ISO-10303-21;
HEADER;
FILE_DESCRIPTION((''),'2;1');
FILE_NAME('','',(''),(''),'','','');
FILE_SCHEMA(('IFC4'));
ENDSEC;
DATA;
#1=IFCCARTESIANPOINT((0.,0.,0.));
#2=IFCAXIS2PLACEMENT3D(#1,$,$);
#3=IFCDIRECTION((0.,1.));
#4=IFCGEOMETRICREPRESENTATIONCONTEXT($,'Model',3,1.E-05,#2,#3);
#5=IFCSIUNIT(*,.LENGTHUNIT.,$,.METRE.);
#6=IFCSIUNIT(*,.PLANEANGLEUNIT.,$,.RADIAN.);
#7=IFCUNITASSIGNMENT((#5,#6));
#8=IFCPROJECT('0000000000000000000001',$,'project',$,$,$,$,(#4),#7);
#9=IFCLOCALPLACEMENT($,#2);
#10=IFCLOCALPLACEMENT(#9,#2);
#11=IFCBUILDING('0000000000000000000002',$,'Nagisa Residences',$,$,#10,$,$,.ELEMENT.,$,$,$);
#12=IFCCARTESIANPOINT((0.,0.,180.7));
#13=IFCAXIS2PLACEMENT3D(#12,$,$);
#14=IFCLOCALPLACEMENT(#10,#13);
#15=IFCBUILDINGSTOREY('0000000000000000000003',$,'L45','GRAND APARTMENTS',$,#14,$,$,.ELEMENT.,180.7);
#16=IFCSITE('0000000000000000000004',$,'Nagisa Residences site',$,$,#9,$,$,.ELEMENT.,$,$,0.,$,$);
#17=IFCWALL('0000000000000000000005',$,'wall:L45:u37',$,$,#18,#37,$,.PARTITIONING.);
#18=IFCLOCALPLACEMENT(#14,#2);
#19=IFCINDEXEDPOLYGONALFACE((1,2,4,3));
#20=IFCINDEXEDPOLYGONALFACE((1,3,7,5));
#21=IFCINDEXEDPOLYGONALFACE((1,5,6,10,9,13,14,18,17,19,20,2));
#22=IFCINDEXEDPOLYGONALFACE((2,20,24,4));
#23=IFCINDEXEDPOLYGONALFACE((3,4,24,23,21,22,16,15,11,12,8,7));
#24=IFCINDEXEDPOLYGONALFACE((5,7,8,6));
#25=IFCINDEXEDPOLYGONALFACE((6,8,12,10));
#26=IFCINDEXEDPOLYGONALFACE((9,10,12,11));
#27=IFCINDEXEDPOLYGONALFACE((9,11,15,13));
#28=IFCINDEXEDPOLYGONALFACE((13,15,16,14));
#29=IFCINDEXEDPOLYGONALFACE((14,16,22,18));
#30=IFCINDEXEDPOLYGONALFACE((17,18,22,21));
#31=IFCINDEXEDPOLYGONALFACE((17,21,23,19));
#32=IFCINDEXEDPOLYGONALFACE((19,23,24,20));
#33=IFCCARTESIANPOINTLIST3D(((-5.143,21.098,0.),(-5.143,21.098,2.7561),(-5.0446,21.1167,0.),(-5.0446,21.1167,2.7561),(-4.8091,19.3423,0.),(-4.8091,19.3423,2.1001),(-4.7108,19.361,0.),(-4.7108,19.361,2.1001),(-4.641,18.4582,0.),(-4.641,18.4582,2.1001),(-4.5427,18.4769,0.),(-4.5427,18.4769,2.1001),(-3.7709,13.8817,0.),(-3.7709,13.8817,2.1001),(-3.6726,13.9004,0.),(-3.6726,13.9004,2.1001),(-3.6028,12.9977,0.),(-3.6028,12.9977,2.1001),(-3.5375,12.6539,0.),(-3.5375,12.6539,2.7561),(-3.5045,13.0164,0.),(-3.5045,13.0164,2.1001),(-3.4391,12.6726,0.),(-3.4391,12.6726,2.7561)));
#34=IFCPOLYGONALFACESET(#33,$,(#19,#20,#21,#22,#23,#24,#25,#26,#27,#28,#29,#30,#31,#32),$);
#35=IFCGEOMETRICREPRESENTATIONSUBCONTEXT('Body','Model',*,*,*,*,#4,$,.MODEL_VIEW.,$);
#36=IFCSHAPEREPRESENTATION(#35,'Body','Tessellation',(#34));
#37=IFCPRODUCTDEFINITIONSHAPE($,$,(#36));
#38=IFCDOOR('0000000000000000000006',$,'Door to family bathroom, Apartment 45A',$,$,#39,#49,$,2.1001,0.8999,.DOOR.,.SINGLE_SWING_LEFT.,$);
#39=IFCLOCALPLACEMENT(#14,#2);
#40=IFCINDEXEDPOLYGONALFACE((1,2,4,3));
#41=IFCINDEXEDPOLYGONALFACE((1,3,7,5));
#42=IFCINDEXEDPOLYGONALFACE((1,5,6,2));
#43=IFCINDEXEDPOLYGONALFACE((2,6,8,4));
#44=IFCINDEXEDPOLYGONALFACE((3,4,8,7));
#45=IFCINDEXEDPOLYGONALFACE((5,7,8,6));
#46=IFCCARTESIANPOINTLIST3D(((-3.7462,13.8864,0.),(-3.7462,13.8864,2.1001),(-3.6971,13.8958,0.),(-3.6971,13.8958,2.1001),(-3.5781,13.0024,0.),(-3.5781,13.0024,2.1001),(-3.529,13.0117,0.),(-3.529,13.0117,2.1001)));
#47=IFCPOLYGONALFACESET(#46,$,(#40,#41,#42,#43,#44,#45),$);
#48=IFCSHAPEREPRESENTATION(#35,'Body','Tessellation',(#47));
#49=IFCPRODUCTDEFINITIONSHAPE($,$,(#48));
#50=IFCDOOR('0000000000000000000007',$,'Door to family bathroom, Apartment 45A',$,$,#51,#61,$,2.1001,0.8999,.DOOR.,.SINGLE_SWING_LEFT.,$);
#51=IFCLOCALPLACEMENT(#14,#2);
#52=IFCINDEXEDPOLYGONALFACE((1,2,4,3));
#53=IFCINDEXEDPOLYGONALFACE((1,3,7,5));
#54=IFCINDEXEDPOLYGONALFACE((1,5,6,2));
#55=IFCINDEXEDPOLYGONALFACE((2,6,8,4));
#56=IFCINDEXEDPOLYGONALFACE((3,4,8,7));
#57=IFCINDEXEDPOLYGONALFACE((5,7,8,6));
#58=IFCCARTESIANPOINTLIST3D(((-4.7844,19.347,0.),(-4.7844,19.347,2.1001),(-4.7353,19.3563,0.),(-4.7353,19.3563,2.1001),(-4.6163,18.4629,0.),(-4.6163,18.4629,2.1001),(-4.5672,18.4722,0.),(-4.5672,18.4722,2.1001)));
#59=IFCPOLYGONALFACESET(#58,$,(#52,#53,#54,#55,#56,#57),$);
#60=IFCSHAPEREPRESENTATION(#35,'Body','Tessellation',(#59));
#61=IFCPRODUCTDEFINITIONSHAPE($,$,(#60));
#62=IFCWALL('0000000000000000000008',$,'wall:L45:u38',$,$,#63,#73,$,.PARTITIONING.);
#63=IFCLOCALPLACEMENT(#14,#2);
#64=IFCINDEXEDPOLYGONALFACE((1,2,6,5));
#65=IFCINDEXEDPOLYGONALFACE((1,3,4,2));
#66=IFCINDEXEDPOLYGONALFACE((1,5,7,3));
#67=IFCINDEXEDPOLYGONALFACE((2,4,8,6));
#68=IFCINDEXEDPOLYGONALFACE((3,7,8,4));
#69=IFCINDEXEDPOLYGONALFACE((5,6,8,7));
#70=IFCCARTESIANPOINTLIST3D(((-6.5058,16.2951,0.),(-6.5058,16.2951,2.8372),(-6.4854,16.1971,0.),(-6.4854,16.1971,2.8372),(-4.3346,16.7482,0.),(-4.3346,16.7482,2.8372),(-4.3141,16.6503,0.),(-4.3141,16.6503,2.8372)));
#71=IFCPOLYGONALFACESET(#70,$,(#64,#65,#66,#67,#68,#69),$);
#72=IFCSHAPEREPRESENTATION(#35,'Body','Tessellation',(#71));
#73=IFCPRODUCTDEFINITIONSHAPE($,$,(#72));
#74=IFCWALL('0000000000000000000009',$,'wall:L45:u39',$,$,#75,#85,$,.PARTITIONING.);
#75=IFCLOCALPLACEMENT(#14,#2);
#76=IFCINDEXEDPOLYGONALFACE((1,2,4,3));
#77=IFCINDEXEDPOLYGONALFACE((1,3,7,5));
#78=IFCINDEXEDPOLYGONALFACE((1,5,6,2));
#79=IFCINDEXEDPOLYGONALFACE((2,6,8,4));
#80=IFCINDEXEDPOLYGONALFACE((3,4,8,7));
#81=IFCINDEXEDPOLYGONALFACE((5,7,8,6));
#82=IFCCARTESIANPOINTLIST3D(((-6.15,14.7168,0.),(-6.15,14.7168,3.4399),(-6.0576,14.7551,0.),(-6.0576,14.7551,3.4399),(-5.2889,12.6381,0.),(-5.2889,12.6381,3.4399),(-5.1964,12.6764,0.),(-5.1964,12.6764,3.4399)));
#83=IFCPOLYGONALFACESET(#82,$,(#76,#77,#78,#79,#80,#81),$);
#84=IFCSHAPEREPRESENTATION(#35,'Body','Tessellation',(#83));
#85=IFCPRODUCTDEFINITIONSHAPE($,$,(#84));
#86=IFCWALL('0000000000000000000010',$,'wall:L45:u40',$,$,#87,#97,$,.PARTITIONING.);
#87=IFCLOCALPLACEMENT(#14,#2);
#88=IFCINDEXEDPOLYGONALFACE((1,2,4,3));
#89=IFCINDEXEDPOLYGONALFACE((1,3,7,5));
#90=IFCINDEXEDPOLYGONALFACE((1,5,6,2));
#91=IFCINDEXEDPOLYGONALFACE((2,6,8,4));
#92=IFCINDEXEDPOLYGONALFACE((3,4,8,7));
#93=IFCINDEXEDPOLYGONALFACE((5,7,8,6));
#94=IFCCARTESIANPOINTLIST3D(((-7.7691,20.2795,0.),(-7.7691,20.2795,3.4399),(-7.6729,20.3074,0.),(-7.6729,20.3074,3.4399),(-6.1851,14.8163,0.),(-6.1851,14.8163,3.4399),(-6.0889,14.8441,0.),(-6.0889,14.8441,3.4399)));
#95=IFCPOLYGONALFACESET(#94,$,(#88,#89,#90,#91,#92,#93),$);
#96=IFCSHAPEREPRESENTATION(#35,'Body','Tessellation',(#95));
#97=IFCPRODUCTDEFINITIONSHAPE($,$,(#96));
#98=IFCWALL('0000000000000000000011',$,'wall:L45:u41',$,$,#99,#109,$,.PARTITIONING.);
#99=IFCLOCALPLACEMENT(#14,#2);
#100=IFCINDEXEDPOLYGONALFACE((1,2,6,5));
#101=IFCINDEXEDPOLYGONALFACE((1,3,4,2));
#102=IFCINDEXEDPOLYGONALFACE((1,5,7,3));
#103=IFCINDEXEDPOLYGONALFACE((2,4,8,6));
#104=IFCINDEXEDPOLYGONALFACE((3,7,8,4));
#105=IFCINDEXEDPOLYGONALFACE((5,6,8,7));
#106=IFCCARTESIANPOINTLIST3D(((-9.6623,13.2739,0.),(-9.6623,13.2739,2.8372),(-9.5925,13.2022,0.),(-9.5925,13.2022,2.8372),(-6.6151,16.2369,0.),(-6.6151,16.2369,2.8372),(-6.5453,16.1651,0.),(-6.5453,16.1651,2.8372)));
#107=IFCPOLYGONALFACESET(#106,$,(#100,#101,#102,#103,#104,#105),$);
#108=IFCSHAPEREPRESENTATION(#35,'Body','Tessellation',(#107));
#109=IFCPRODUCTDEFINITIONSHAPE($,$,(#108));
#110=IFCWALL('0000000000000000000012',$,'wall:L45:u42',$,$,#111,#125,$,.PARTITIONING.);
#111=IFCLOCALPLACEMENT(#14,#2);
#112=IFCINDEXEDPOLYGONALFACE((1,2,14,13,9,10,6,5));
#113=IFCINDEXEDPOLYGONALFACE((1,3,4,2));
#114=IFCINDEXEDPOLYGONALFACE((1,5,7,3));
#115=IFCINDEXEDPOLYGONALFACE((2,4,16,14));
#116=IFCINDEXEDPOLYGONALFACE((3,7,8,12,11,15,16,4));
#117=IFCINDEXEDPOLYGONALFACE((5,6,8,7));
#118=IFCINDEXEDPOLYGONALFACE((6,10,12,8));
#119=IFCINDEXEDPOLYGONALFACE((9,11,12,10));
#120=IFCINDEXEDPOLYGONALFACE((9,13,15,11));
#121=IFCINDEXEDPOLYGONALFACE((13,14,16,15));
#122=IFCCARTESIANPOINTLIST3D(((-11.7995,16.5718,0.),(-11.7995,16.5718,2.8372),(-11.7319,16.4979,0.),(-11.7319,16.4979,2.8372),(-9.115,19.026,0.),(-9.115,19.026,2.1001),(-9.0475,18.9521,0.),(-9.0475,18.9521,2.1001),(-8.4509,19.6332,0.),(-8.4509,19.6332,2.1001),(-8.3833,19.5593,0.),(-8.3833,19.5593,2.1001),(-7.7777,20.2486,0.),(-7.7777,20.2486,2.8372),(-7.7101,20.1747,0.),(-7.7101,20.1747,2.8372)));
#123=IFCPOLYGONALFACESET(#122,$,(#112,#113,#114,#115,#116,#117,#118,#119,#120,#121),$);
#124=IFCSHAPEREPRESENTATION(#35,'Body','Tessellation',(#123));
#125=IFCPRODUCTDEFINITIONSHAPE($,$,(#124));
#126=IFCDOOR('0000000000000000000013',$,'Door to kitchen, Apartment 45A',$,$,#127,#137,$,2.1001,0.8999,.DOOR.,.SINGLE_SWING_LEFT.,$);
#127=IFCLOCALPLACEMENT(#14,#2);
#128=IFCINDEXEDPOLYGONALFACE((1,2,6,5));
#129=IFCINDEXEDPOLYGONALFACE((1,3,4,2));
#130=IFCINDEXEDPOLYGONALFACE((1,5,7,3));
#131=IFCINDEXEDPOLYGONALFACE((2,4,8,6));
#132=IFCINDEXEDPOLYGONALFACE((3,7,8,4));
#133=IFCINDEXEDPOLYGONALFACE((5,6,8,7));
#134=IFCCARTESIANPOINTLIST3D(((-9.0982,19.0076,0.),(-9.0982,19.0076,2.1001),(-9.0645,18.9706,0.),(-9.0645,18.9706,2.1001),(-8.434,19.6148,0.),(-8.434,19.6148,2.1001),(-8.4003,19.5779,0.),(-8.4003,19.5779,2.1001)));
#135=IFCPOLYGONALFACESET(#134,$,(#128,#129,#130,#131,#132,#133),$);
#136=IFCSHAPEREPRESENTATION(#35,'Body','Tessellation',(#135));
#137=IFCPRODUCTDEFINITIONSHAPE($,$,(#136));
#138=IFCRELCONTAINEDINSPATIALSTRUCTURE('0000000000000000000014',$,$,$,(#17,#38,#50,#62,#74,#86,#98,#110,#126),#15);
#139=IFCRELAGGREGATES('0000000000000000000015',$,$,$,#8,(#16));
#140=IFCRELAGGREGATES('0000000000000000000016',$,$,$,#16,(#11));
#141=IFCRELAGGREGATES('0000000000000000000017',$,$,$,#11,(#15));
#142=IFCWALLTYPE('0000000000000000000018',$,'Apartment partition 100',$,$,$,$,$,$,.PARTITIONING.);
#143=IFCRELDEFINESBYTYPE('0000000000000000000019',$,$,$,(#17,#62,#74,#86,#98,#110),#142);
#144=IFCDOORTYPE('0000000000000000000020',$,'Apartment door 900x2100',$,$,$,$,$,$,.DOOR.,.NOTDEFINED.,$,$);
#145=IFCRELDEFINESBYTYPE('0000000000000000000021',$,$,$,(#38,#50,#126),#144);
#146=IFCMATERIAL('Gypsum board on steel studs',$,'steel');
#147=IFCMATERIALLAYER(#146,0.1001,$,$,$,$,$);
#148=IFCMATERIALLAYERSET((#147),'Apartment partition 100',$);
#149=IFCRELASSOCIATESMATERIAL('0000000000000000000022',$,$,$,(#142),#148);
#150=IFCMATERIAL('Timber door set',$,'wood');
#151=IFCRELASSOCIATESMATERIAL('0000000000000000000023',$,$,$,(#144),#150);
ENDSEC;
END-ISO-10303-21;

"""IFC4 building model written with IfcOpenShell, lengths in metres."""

from ifc_helpers import new_model, si_unit, direction, frame, frame_2d, origin, place, context, subcontext, project, spatial, rectangle, extrude, material, layer, layer_set, type_object, element, fill, save


model = new_model("IFC4")

# Units and contexts
model_context = context("Model", 3, precision=1e-05, world=origin(), true_north=direction((0.0, 1.0)))
body_context = subcontext(model_context, "Body", "Model", "MODEL_VIEW")
ifc_project = project(units=[si_unit("LENGTHUNIT", "METRE"), si_unit("PLANEANGLEUNIT", "RADIAN")], contexts=[model_context])

# Site, building, storey
site_placement = place(None, origin())
site = spatial("IfcSite", under=ifc_project, at=site_placement, Name="Nagisa Residences site", CompositionType="ELEMENT", RefElevation=0.0)
building_placement = place(site_placement, origin())
building = spatial("IfcBuilding", under=site, at=building_placement, Name="Nagisa Residences", CompositionType="ELEMENT")
storey_placement = place(building_placement, frame((0.0, 0.0, 180.7)))
storey = spatial("IfcBuildingStorey", under=building, at=storey_placement, Name="L45", Description="GRAND APARTMENTS", CompositionType="ELEMENT", Elevation=180.7)

# Shared definitions
ifc_material_1 = material(Name="Gypsum board on steel studs", Category="steel")
ifc_layer_1 = layer(ifc_material_1, 0.1001)
ifc_layer_set_1 = layer_set([ifc_layer_1], Name="Apartment partition 100")
wall_type_1 = type_object("IfcWallType", Name="Apartment partition 100", PredefinedType="PARTITIONING", material=ifc_layer_set_1)
ifc_material_2 = material(Name="Timber door set", Category="wood")
door_type_1 = type_object("IfcDoorType", Name="Apartment door 900x2100", OperationType="NOTDEFINED", PredefinedType="DOOR", material=ifc_material_2)

# Wall, openings, doors
wall_1_placement = place(storey_placement, frame((-3.4883, 12.6631, 0.0), z_axis=(0.0, 0.0, 1.0), x_axis=(-0.186783, 0.982401, 0.0)))
wall_1 = element("IfcWall", 1, at=wall_1_placement, inside=storey, type_object=wall_type_1, Name="wall:L45:u37", PredefinedType="PARTITIONING", context=body_context, shape_type="SweptSolid", body=[
    extrude(rectangle(XDim=8.5955, YDim=0.1001, at=frame_2d((4.2979, 0.0))), origin(), (0.0, 0.0, 1.0), 2.7561),
])
opening_1_placement = place(wall_1_placement, frame((0.3501, 0.0, 0.0)))
opening_1 = element("IfcOpeningElement", 2, at=opening_1_placement, cuts=wall_1, PredefinedType="OPENING", context=body_context, shape_type="SweptSolid", body=[
    extrude(rectangle(XDim=0.8999, YDim=2.1001, at=frame_2d((0.45, 1.05))), frame((0.0, 0.0601, 0.0), z_axis=(0.0, -1.0, 0.0), x_axis=(1.0, 0.0, 0.0)), (0.0, 0.0, 1.0), 0.1201),
])
opening_2_placement = place(wall_1_placement, frame((5.9084, 0.0, 0.0)))
opening_2 = element("IfcOpeningElement", 3, at=opening_2_placement, cuts=wall_1, PredefinedType="OPENING", context=body_context, shape_type="SweptSolid", body=[
    extrude(rectangle(XDim=0.8999, YDim=2.1001, at=frame_2d((0.45, 1.05))), frame((0.0, 0.0601, 0.0), z_axis=(0.0, -1.0, 0.0), x_axis=(1.0, 0.0, 0.0)), (0.0, 0.0, 1.0), 0.1201),
])
door_1_placement = place(opening_1_placement, origin())
door_1 = element("IfcDoor", 4, at=door_1_placement, inside=storey, type_object=door_type_1, Name="Door to family bathroom, Apartment 45A", OperationType="SINGLE_SWING_LEFT", OverallHeight=2.1001, OverallWidth=0.8999, PredefinedType="DOOR", context=body_context, shape_type="SweptSolid", body=[
    extrude(rectangle(XDim=0.8999, YDim=2.1001, at=frame_2d((0.45, 1.05))), frame((0.0, 0.0249, 0.0), z_axis=(0.0, -1.0, 0.0), x_axis=(1.0, 0.0, 0.0)), (0.0, 0.0, 1.0), 0.05),
])
fill(opening_1, door_1)
door_2_placement = place(opening_2_placement, origin())
door_2 = element("IfcDoor", 5, at=door_2_placement, inside=storey, type_object=door_type_1, Name="Door to family bathroom, Apartment 45A", OperationType="SINGLE_SWING_LEFT", OverallHeight=2.1001, OverallWidth=0.8999, PredefinedType="DOOR", context=body_context, shape_type="SweptSolid", body=[
    extrude(rectangle(XDim=0.8999, YDim=2.1001, at=frame_2d((0.45, 1.05))), frame((0.0, 0.0249, 0.0), z_axis=(0.0, -1.0, 0.0), x_axis=(1.0, 0.0, 0.0)), (0.0, 0.0, 1.0), 0.05),
])
fill(opening_2, door_2)

# Walls
wall_2_placement = place(storey_placement, frame((-4.3245, 16.6992, 0.0), z_axis=(0.0, 0.0, 1.0), x_axis=(-0.978908, -0.204302, 0.0)))
element("IfcWall", 6, at=wall_2_placement, inside=storey, type_object=wall_type_1, Name="wall:L45:u38", PredefinedType="PARTITIONING", context=body_context, shape_type="SweptSolid", body=[
    extrude(rectangle(XDim=2.218, YDim=0.1001, at=frame_2d((1.1089, 0.0))), origin(), (0.0, 0.0, 1.0), 2.8372),
])
wall_3_placement = place(storey_placement, frame((-5.2427, 12.6572, 0.0), z_axis=(0.0, 0.0, 1.0), x_axis=(-0.382719, 0.923865, 0.0)))
element("IfcWall", 7, at=wall_3_placement, inside=storey, type_object=wall_type_1, Name="wall:L45:u39", PredefinedType="PARTITIONING", context=body_context, shape_type="SweptSolid", body=[
    extrude(rectangle(XDim=2.25, YDim=0.1001, at=frame_2d((1.125, 0.0))), origin(), (0.0, 0.0, 1.0), 3.4399),
])
wall_4_placement = place(storey_placement, frame((-6.137, 14.8301, 0.0), z_axis=(0.0, 0.0, 1.0), x_axis=(-0.278472, 0.960444, 0.0)))
element("IfcWall", 8, at=wall_4_placement, inside=storey, type_object=wall_type_1, Name="wall:L45:u40", PredefinedType="PARTITIONING", context=body_context, shape_type="SweptSolid", body=[
    extrude(rectangle(XDim=5.6882, YDim=0.1001, at=frame_2d((2.8442, 0.0))), origin(), (0.0, 0.0, 1.0), 3.4399),
])
wall_5_placement = place(storey_placement, frame((-6.5803, 16.2009, 0.0), z_axis=(0.0, 0.0, 1.0), x_axis=(-0.716946, -0.697128, 0.0)))
element("IfcWall", 9, at=wall_5_placement, inside=storey, type_object=wall_type_1, Name="wall:L45:u41", PredefinedType="PARTITIONING", context=body_context, shape_type="SweptSolid", body=[
    extrude(rectangle(XDim=4.2502, YDim=0.1001, at=frame_2d((2.125, 0.0))), origin(), (0.0, 0.0, 1.0), 2.8372),
])

# Wall, opening, door
wall_6_placement = place(storey_placement, frame((-7.7439, 20.2117, 0.0), z_axis=(0.0, 0.0, 1.0), x_axis=(-0.738052, -0.674744, 0.0)))
wall_6 = element("IfcWall", 10, at=wall_6_placement, inside=storey, type_object=wall_type_1, Name="wall:L45:u42", PredefinedType="PARTITIONING", context=body_context, shape_type="SweptSolid", body=[
    extrude(rectangle(XDim=5.4492, YDim=0.1001, at=frame_2d((2.7246, 0.0))), origin(), (0.0, 0.0, 1.0), 2.8372),
])
opening_3_placement = place(wall_6_placement, frame((0.9121, 0.0, 0.0)))
opening_3 = element("IfcOpeningElement", 11, at=opening_3_placement, cuts=wall_6, PredefinedType="OPENING", context=body_context, shape_type="SweptSolid", body=[
    extrude(rectangle(XDim=0.8999, YDim=2.1001, at=frame_2d((0.45, 1.05))), frame((0.0, 0.0601, 0.0), z_axis=(0.0, -1.0, 0.0), x_axis=(1.0, 0.0, 0.0)), (0.0, 0.0, 1.0), 0.1201),
])
door_3_placement = place(opening_3_placement, origin())
door_3 = element("IfcDoor", 12, at=door_3_placement, inside=storey, type_object=door_type_1, Name="Door to kitchen, Apartment 45A", OperationType="SINGLE_SWING_LEFT", OverallHeight=2.1001, OverallWidth=0.8999, PredefinedType="DOOR", context=body_context, shape_type="SweptSolid", body=[
    extrude(rectangle(XDim=0.8999, YDim=2.1001, at=frame_2d((0.45, 1.05))), frame((0.0, 0.0249, 0.0), z_axis=(0.0, -1.0, 0.0), x_axis=(1.0, 0.0, 0.0)), (0.0, 0.0, 1.0), 0.05),
])
fill(opening_3, door_3)

save(model, "model.ifc")
